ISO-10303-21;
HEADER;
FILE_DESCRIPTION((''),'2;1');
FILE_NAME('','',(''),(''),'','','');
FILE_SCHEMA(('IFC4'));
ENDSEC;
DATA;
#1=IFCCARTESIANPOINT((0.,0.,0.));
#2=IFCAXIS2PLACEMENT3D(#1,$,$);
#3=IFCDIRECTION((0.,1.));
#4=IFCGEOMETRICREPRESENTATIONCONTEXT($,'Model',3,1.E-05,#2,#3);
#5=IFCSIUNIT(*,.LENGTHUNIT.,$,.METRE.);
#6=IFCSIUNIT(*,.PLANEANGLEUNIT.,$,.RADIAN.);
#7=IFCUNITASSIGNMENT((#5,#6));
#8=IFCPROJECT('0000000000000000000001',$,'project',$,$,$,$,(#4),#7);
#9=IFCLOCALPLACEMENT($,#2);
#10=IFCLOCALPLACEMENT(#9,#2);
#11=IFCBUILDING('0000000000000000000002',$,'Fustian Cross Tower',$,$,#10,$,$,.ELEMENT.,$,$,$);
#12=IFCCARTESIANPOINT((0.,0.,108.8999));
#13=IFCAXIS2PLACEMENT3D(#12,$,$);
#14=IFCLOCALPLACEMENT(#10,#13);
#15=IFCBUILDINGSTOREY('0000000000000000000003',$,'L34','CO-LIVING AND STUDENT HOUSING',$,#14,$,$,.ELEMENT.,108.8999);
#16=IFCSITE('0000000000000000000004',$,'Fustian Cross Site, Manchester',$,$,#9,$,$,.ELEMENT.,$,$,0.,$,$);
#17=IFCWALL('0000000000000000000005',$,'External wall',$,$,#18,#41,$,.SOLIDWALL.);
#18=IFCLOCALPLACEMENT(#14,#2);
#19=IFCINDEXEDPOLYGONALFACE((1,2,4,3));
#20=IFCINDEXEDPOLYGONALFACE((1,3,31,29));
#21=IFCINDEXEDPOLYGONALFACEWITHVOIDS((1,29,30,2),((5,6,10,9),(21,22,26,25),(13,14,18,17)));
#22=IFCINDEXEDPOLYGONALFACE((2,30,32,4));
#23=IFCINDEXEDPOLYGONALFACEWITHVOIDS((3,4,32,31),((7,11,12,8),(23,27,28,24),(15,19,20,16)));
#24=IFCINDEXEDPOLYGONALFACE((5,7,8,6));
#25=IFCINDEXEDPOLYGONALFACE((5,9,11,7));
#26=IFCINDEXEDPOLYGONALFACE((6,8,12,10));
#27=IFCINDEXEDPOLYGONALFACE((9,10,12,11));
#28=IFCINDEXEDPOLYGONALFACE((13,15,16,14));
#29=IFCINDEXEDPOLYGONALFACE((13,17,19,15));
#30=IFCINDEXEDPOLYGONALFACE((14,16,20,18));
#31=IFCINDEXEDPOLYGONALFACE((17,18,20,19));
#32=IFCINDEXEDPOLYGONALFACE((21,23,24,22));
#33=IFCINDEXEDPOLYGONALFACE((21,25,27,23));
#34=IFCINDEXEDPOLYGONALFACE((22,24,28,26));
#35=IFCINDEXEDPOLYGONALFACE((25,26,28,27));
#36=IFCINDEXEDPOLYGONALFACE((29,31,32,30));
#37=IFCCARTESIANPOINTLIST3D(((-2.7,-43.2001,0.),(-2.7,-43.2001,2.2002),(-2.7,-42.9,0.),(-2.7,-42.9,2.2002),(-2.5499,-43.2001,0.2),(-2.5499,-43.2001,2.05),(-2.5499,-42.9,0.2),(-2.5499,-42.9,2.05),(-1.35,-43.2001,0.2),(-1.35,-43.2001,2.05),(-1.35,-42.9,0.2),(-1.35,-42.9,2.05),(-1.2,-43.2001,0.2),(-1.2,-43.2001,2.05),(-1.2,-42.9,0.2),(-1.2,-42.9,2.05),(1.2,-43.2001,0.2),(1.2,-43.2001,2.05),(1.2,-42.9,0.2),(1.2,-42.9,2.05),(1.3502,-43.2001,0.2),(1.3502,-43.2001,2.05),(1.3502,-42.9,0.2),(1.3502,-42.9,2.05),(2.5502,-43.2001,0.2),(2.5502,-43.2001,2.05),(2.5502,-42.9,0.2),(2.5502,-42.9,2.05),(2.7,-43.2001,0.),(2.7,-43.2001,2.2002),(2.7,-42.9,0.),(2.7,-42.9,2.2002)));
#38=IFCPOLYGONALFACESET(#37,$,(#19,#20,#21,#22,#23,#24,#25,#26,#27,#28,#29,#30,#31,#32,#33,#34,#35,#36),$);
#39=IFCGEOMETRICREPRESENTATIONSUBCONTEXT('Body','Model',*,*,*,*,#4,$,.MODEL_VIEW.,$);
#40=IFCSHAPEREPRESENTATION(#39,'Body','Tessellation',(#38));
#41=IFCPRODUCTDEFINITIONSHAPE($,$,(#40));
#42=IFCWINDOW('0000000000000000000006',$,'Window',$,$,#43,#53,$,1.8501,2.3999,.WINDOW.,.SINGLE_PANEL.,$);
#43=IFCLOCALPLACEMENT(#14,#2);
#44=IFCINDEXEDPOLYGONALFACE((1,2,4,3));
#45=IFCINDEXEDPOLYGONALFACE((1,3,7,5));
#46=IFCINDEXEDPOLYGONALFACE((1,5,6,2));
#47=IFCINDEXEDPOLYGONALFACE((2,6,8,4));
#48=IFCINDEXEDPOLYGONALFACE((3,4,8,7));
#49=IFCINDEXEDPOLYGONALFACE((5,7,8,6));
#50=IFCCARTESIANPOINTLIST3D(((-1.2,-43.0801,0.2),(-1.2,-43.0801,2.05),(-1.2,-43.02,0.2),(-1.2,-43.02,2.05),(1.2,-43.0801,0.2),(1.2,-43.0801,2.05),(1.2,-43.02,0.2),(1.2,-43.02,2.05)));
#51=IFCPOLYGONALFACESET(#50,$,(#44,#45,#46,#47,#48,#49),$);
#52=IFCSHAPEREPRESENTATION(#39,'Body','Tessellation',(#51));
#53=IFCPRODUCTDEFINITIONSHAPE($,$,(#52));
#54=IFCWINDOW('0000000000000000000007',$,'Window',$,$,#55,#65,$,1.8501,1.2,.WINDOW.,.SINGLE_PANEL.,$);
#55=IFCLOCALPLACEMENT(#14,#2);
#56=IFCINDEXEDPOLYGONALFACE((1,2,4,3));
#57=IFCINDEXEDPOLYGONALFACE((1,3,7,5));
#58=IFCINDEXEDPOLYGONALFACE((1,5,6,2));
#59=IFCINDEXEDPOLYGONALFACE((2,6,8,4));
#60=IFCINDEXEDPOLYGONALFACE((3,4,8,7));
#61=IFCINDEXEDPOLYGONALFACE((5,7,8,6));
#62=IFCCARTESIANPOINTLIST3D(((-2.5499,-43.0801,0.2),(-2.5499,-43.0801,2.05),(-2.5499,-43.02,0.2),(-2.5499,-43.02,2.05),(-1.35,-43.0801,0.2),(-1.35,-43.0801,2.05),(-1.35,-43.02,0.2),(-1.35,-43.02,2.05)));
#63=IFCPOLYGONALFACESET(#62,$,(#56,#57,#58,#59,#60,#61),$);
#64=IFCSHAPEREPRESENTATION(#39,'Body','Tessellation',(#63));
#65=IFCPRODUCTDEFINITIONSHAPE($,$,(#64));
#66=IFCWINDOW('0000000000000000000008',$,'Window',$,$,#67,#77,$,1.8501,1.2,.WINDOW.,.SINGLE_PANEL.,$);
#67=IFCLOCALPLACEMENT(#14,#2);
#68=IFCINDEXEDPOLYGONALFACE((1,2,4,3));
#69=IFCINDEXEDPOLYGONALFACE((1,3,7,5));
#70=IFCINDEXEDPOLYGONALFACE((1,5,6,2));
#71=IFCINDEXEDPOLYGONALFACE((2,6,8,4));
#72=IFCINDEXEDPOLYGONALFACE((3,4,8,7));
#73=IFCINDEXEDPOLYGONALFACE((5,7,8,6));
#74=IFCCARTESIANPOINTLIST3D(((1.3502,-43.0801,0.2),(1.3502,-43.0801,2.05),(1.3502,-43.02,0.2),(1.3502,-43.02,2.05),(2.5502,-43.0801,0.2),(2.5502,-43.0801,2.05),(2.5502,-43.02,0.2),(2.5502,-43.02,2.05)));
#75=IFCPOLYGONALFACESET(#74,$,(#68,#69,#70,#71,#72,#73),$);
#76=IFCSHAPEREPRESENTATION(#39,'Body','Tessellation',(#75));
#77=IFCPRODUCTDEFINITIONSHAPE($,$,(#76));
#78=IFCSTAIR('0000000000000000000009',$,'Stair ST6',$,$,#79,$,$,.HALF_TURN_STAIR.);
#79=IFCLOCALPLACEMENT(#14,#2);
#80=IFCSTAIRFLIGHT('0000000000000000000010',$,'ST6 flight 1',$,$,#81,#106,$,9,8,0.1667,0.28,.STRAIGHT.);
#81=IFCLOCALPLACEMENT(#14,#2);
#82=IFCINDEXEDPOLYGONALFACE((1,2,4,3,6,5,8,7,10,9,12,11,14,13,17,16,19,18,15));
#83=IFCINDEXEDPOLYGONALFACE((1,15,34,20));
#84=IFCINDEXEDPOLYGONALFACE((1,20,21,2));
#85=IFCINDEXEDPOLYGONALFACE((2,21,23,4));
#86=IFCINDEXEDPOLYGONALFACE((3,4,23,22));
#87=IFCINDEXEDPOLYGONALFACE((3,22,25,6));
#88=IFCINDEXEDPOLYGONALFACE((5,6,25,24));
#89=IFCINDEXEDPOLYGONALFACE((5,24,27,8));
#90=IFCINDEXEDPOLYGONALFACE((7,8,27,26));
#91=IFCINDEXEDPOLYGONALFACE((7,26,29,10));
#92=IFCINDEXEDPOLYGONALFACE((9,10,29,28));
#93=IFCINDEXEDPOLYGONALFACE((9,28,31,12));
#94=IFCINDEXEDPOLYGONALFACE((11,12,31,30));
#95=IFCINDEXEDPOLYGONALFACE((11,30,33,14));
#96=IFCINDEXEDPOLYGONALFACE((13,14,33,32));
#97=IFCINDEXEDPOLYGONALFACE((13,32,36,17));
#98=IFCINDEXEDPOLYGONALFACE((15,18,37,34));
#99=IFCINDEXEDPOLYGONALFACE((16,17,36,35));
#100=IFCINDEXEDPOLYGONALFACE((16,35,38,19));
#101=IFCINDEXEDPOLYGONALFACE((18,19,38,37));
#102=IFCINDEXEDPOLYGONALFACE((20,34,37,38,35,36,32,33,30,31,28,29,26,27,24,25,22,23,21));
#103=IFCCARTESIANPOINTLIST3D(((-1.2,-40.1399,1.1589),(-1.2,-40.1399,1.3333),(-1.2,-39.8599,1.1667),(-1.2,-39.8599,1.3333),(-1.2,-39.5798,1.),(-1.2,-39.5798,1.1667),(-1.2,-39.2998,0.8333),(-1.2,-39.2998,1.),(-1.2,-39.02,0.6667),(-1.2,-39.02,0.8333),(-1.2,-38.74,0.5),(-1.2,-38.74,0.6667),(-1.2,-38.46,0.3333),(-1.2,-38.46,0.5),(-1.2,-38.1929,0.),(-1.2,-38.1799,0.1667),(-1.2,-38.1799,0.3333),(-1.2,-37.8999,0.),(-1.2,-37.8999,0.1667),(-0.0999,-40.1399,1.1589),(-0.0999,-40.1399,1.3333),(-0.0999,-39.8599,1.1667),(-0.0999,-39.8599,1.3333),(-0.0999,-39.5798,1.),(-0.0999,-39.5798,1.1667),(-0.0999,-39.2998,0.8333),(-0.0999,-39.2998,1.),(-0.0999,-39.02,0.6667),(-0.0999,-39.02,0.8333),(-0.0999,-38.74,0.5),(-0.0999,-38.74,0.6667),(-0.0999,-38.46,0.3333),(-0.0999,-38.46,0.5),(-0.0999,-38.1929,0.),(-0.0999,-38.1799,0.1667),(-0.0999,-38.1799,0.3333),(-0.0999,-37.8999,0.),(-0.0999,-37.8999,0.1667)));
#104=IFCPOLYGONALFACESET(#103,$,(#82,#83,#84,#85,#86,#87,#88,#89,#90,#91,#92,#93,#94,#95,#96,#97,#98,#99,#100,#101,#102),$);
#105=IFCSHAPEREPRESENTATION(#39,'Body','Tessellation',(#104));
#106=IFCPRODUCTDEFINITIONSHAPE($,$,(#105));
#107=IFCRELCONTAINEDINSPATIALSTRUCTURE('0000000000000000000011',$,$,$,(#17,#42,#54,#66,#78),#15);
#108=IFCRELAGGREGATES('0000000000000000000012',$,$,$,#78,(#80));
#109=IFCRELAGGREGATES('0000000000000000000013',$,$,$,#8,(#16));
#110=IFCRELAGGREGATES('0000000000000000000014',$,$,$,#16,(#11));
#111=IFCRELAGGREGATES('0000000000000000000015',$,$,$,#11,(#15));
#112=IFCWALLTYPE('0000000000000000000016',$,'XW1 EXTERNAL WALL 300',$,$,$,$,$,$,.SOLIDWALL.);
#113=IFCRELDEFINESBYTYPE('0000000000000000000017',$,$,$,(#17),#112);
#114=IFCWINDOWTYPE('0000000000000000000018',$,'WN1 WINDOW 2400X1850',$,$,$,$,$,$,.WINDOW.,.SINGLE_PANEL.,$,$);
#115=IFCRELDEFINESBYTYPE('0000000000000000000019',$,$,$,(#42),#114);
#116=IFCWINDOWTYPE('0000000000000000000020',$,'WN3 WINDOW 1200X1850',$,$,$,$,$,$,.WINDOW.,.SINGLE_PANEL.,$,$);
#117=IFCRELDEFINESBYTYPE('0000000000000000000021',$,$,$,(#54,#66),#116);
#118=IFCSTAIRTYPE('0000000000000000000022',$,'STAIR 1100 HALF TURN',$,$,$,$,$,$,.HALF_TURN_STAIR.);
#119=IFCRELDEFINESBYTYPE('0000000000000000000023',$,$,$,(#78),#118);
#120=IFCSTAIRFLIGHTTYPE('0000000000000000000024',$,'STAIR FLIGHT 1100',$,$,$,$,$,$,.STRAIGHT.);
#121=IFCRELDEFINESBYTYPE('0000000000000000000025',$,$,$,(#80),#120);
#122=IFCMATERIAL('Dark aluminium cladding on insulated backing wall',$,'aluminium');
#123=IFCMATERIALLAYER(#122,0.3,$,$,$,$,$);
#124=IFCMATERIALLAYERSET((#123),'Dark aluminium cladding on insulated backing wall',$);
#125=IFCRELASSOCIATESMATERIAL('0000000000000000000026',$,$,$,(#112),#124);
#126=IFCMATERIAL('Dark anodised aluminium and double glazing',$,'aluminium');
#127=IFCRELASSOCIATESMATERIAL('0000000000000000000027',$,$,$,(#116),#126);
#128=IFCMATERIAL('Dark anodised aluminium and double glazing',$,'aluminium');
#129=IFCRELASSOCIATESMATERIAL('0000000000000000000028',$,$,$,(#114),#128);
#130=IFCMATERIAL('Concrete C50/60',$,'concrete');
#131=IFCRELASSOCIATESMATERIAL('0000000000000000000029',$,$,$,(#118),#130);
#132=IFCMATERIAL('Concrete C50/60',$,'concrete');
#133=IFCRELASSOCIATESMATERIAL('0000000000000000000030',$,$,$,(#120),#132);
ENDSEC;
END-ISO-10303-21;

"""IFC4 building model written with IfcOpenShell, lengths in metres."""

from ifc_helpers import new_model, si_unit, direction, frame, frame_2d, origin, place, context, subcontext, project, spatial, polyline, rectangle, outline, extrude, material, layer, layer_set, type_object, element, fill, aggregate, save


model = new_model("IFC4")

# Units and contexts
model_context = context("Model", 3, precision=1e-05, world=origin(), true_north=direction((0.0, 1.0)))
body_context = subcontext(model_context, "Body", "Model", "MODEL_VIEW")
ifc_project = project(units=[si_unit("LENGTHUNIT", "METRE"), si_unit("PLANEANGLEUNIT", "RADIAN")], contexts=[model_context])

# Site, building, storey
site_placement = place(None, origin())
site = spatial("IfcSite", under=ifc_project, at=site_placement, Name="Fustian Cross Site, Manchester", CompositionType="ELEMENT", RefElevation=0.0)
building_placement = place(site_placement, origin())
building = spatial("IfcBuilding", under=site, at=building_placement, Name="Fustian Cross Tower", CompositionType="ELEMENT")
storey_placement = place(building_placement, frame((0.0, 0.0, 108.8999)))
storey = spatial("IfcBuildingStorey", under=building, at=storey_placement, Name="L34", Description="CO-LIVING AND STUDENT HOUSING", CompositionType="ELEMENT", Elevation=108.8999)

# Shared definitions
ifc_material_1 = material(Name="Dark aluminium cladding on insulated backing wall", Category="aluminium")
ifc_layer_1 = layer(ifc_material_1, 0.3)
ifc_layer_set_1 = layer_set([ifc_layer_1], Name="Dark aluminium cladding on insulated backing wall")
wall_type_1 = type_object("IfcWallType", Name="XW1 EXTERNAL WALL 300", PredefinedType="SOLIDWALL", material=ifc_layer_set_1)

# Shared definitions
ifc_material_2 = material(Name="Dark anodised aluminium and double glazing", Category="aluminium")
window_type_1 = type_object("IfcWindowType", Name="WN3 WINDOW 1200X1850", PartitioningType="SINGLE_PANEL", PredefinedType="WINDOW", material=ifc_material_2)

# Wall, openings, windows
wall_1_placement = place(storey_placement, frame((-2.7, -43.05, 0.0), z_axis=(0.0, 0.0, 1.0), x_axis=(1.0, 0.0, 0.0)))
wall_1 = element("IfcWall", 1, at=wall_1_placement, inside=storey, type_object=wall_type_1, Name="External wall", PredefinedType="SOLIDWALL", context=body_context, shape_type="SweptSolid", body=[
    extrude(rectangle(XDim=5.3999, YDim=0.3, at=frame_2d((2.7, 0.0))), origin(), (0.0, 0.0, 1.0), 2.2002),
])
opening_1_placement = place(wall_1_placement, frame((1.5, 0.0, 0.2)))
opening_1 = element("IfcOpeningElement", 2, at=opening_1_placement, cuts=wall_1, PredefinedType="OPENING", context=body_context, shape_type="SweptSolid", body=[
    extrude(rectangle(XDim=2.3999, YDim=1.8501, at=frame_2d((1.2, 0.925))), frame((0.0, 0.1599, 0.0), z_axis=(0.0, -1.0, 0.0), x_axis=(1.0, 0.0, 0.0)), (0.0, 0.0, 1.0), 0.3201),
])
opening_2_placement = place(wall_1_placement, frame((0.1499, 0.0, 0.2)))
opening_2 = element("IfcOpeningElement", 3, at=opening_2_placement, cuts=wall_1, PredefinedType="OPENING", context=body_context, shape_type="SweptSolid", body=[
    extrude(rectangle(XDim=1.2, YDim=1.8501, at=frame_2d((0.6001, 0.925))), frame((0.0, 0.1599, 0.0), z_axis=(0.0, -1.0, 0.0), x_axis=(1.0, 0.0, 0.0)), (0.0, 0.0, 1.0), 0.3201),
])
opening_3_placement = place(wall_1_placement, frame((4.05, 0.0, 0.2)))
opening_3 = element("IfcOpeningElement", 4, at=opening_3_placement, cuts=wall_1, PredefinedType="OPENING", context=body_context, shape_type="SweptSolid", body=[
    extrude(rectangle(XDim=1.2, YDim=1.8501, at=frame_2d((0.6001, 0.925))), frame((0.0, 0.1599, 0.0), z_axis=(0.0, -1.0, 0.0), x_axis=(1.0, 0.0, 0.0)), (0.0, 0.0, 1.0), 0.3201),
])
ifc_material_3 = material(Name="Dark anodised aluminium and double glazing", Category="aluminium")
window_type_2 = type_object("IfcWindowType", Name="WN1 WINDOW 2400X1850", PartitioningType="SINGLE_PANEL", PredefinedType="WINDOW", material=ifc_material_3)
window_1_placement = place(opening_1_placement, origin())
window_1 = element("IfcWindow", 5, at=window_1_placement, inside=storey, type_object=window_type_2, Name="Window", OverallHeight=1.8501, OverallWidth=2.3999, PartitioningType="SINGLE_PANEL", PredefinedType="WINDOW", context=body_context, shape_type="SweptSolid", body=[
    extrude(rectangle(XDim=2.3999, YDim=1.8501, at=frame_2d((1.2, 0.925))), frame((0.0, 0.03, 0.0), z_axis=(0.0, -1.0, 0.0), x_axis=(1.0, 0.0, 0.0)), (0.0, 0.0, 1.0), 0.0601),
])
fill(opening_1, window_1)
window_2_placement = place(opening_2_placement, origin())
window_2 = element("IfcWindow", 6, at=window_2_placement, inside=storey, type_object=window_type_1, Name="Window", OverallHeight=1.8501, OverallWidth=1.2, PartitioningType="SINGLE_PANEL", PredefinedType="WINDOW", context=body_context, shape_type="SweptSolid", body=[
    extrude(rectangle(XDim=1.2, YDim=1.8501, at=frame_2d((0.6001, 0.925))), frame((0.0, 0.03, 0.0), z_axis=(0.0, -1.0, 0.0), x_axis=(1.0, 0.0, 0.0)), (0.0, 0.0, 1.0), 0.0601),
])
fill(opening_2, window_2)
window_3_placement = place(opening_3_placement, origin())
window_3 = element("IfcWindow", 7, at=window_3_placement, inside=storey, type_object=window_type_1, Name="Window", OverallHeight=1.8501, OverallWidth=1.2, PartitioningType="SINGLE_PANEL", PredefinedType="WINDOW", context=body_context, shape_type="SweptSolid", body=[
    extrude(rectangle(XDim=1.2, YDim=1.8501, at=frame_2d((0.6001, 0.925))), frame((0.0, 0.03, 0.0), z_axis=(0.0, -1.0, 0.0), x_axis=(1.0, 0.0, 0.0)), (0.0, 0.0, 1.0), 0.0601),
])
fill(opening_3, window_3)

# Stair, stair flight
ifc_material_4 = material(Name="Concrete C50/60", Category="concrete")
stair_type = type_object("IfcStairType", Name="STAIR 1100 HALF TURN", PredefinedType="HALF_TURN_STAIR", material=ifc_material_4)
stair_placement = place(storey_placement, origin())
stair = element("IfcStair", 8, at=stair_placement, inside=storey, type_object=stair_type, Name="Stair ST6", PredefinedType="HALF_TURN_STAIR")
ifc_material_5 = material(Name="Concrete C50/60", Category="concrete")
stair_flight_type = type_object("IfcStairFlightType", Name="STAIR FLIGHT 1100", PredefinedType="STRAIGHT", material=ifc_material_5)
stair_flight_placement = place(storey_placement, frame((-0.6499, -37.8999, 0.0), z_axis=(0.0, 0.0, 1.0), x_axis=(0.0, -1.0, 0.0)))
stair_flight = element("IfcStairFlight", 9, at=stair_flight_placement, type_object=stair_flight_type, Name="ST6 flight 1", NumberOfRisers=9, NumberOfTreads=8, PredefinedType="STRAIGHT", RiserHeight=0.1667, TreadLength=0.28, context=body_context, shape_type="SweptSolid", body=[
    extrude(outline(polyline([(0.0, 0.0), (0.0, 0.1667), (0.28, 0.1667), (0.28, 0.3333), (0.5601, 0.3333), (0.5601, 0.5), (0.8401, 0.5), (0.8401, 0.6667), (1.1201, 0.6667), (1.1201, 0.8333), (1.3999, 0.8333), (1.3999, 1.0), (1.6799, 1.0), (1.6799, 1.1667), (1.96, 1.1667), (1.96, 1.3333), (2.24, 1.3333), (2.24, 1.5), (2.24, 1.1589), (0.293, 0.0), (0.0, 0.0)])), frame((0.0, 0.55, 0.0), z_axis=(0.0, -1.0, 0.0), x_axis=(1.0, 0.0, 0.0)), (0.0, 0.0, 1.0), 1.1001),
])
aggregate(stair, [stair_flight])

save(model, "model.ifc")
